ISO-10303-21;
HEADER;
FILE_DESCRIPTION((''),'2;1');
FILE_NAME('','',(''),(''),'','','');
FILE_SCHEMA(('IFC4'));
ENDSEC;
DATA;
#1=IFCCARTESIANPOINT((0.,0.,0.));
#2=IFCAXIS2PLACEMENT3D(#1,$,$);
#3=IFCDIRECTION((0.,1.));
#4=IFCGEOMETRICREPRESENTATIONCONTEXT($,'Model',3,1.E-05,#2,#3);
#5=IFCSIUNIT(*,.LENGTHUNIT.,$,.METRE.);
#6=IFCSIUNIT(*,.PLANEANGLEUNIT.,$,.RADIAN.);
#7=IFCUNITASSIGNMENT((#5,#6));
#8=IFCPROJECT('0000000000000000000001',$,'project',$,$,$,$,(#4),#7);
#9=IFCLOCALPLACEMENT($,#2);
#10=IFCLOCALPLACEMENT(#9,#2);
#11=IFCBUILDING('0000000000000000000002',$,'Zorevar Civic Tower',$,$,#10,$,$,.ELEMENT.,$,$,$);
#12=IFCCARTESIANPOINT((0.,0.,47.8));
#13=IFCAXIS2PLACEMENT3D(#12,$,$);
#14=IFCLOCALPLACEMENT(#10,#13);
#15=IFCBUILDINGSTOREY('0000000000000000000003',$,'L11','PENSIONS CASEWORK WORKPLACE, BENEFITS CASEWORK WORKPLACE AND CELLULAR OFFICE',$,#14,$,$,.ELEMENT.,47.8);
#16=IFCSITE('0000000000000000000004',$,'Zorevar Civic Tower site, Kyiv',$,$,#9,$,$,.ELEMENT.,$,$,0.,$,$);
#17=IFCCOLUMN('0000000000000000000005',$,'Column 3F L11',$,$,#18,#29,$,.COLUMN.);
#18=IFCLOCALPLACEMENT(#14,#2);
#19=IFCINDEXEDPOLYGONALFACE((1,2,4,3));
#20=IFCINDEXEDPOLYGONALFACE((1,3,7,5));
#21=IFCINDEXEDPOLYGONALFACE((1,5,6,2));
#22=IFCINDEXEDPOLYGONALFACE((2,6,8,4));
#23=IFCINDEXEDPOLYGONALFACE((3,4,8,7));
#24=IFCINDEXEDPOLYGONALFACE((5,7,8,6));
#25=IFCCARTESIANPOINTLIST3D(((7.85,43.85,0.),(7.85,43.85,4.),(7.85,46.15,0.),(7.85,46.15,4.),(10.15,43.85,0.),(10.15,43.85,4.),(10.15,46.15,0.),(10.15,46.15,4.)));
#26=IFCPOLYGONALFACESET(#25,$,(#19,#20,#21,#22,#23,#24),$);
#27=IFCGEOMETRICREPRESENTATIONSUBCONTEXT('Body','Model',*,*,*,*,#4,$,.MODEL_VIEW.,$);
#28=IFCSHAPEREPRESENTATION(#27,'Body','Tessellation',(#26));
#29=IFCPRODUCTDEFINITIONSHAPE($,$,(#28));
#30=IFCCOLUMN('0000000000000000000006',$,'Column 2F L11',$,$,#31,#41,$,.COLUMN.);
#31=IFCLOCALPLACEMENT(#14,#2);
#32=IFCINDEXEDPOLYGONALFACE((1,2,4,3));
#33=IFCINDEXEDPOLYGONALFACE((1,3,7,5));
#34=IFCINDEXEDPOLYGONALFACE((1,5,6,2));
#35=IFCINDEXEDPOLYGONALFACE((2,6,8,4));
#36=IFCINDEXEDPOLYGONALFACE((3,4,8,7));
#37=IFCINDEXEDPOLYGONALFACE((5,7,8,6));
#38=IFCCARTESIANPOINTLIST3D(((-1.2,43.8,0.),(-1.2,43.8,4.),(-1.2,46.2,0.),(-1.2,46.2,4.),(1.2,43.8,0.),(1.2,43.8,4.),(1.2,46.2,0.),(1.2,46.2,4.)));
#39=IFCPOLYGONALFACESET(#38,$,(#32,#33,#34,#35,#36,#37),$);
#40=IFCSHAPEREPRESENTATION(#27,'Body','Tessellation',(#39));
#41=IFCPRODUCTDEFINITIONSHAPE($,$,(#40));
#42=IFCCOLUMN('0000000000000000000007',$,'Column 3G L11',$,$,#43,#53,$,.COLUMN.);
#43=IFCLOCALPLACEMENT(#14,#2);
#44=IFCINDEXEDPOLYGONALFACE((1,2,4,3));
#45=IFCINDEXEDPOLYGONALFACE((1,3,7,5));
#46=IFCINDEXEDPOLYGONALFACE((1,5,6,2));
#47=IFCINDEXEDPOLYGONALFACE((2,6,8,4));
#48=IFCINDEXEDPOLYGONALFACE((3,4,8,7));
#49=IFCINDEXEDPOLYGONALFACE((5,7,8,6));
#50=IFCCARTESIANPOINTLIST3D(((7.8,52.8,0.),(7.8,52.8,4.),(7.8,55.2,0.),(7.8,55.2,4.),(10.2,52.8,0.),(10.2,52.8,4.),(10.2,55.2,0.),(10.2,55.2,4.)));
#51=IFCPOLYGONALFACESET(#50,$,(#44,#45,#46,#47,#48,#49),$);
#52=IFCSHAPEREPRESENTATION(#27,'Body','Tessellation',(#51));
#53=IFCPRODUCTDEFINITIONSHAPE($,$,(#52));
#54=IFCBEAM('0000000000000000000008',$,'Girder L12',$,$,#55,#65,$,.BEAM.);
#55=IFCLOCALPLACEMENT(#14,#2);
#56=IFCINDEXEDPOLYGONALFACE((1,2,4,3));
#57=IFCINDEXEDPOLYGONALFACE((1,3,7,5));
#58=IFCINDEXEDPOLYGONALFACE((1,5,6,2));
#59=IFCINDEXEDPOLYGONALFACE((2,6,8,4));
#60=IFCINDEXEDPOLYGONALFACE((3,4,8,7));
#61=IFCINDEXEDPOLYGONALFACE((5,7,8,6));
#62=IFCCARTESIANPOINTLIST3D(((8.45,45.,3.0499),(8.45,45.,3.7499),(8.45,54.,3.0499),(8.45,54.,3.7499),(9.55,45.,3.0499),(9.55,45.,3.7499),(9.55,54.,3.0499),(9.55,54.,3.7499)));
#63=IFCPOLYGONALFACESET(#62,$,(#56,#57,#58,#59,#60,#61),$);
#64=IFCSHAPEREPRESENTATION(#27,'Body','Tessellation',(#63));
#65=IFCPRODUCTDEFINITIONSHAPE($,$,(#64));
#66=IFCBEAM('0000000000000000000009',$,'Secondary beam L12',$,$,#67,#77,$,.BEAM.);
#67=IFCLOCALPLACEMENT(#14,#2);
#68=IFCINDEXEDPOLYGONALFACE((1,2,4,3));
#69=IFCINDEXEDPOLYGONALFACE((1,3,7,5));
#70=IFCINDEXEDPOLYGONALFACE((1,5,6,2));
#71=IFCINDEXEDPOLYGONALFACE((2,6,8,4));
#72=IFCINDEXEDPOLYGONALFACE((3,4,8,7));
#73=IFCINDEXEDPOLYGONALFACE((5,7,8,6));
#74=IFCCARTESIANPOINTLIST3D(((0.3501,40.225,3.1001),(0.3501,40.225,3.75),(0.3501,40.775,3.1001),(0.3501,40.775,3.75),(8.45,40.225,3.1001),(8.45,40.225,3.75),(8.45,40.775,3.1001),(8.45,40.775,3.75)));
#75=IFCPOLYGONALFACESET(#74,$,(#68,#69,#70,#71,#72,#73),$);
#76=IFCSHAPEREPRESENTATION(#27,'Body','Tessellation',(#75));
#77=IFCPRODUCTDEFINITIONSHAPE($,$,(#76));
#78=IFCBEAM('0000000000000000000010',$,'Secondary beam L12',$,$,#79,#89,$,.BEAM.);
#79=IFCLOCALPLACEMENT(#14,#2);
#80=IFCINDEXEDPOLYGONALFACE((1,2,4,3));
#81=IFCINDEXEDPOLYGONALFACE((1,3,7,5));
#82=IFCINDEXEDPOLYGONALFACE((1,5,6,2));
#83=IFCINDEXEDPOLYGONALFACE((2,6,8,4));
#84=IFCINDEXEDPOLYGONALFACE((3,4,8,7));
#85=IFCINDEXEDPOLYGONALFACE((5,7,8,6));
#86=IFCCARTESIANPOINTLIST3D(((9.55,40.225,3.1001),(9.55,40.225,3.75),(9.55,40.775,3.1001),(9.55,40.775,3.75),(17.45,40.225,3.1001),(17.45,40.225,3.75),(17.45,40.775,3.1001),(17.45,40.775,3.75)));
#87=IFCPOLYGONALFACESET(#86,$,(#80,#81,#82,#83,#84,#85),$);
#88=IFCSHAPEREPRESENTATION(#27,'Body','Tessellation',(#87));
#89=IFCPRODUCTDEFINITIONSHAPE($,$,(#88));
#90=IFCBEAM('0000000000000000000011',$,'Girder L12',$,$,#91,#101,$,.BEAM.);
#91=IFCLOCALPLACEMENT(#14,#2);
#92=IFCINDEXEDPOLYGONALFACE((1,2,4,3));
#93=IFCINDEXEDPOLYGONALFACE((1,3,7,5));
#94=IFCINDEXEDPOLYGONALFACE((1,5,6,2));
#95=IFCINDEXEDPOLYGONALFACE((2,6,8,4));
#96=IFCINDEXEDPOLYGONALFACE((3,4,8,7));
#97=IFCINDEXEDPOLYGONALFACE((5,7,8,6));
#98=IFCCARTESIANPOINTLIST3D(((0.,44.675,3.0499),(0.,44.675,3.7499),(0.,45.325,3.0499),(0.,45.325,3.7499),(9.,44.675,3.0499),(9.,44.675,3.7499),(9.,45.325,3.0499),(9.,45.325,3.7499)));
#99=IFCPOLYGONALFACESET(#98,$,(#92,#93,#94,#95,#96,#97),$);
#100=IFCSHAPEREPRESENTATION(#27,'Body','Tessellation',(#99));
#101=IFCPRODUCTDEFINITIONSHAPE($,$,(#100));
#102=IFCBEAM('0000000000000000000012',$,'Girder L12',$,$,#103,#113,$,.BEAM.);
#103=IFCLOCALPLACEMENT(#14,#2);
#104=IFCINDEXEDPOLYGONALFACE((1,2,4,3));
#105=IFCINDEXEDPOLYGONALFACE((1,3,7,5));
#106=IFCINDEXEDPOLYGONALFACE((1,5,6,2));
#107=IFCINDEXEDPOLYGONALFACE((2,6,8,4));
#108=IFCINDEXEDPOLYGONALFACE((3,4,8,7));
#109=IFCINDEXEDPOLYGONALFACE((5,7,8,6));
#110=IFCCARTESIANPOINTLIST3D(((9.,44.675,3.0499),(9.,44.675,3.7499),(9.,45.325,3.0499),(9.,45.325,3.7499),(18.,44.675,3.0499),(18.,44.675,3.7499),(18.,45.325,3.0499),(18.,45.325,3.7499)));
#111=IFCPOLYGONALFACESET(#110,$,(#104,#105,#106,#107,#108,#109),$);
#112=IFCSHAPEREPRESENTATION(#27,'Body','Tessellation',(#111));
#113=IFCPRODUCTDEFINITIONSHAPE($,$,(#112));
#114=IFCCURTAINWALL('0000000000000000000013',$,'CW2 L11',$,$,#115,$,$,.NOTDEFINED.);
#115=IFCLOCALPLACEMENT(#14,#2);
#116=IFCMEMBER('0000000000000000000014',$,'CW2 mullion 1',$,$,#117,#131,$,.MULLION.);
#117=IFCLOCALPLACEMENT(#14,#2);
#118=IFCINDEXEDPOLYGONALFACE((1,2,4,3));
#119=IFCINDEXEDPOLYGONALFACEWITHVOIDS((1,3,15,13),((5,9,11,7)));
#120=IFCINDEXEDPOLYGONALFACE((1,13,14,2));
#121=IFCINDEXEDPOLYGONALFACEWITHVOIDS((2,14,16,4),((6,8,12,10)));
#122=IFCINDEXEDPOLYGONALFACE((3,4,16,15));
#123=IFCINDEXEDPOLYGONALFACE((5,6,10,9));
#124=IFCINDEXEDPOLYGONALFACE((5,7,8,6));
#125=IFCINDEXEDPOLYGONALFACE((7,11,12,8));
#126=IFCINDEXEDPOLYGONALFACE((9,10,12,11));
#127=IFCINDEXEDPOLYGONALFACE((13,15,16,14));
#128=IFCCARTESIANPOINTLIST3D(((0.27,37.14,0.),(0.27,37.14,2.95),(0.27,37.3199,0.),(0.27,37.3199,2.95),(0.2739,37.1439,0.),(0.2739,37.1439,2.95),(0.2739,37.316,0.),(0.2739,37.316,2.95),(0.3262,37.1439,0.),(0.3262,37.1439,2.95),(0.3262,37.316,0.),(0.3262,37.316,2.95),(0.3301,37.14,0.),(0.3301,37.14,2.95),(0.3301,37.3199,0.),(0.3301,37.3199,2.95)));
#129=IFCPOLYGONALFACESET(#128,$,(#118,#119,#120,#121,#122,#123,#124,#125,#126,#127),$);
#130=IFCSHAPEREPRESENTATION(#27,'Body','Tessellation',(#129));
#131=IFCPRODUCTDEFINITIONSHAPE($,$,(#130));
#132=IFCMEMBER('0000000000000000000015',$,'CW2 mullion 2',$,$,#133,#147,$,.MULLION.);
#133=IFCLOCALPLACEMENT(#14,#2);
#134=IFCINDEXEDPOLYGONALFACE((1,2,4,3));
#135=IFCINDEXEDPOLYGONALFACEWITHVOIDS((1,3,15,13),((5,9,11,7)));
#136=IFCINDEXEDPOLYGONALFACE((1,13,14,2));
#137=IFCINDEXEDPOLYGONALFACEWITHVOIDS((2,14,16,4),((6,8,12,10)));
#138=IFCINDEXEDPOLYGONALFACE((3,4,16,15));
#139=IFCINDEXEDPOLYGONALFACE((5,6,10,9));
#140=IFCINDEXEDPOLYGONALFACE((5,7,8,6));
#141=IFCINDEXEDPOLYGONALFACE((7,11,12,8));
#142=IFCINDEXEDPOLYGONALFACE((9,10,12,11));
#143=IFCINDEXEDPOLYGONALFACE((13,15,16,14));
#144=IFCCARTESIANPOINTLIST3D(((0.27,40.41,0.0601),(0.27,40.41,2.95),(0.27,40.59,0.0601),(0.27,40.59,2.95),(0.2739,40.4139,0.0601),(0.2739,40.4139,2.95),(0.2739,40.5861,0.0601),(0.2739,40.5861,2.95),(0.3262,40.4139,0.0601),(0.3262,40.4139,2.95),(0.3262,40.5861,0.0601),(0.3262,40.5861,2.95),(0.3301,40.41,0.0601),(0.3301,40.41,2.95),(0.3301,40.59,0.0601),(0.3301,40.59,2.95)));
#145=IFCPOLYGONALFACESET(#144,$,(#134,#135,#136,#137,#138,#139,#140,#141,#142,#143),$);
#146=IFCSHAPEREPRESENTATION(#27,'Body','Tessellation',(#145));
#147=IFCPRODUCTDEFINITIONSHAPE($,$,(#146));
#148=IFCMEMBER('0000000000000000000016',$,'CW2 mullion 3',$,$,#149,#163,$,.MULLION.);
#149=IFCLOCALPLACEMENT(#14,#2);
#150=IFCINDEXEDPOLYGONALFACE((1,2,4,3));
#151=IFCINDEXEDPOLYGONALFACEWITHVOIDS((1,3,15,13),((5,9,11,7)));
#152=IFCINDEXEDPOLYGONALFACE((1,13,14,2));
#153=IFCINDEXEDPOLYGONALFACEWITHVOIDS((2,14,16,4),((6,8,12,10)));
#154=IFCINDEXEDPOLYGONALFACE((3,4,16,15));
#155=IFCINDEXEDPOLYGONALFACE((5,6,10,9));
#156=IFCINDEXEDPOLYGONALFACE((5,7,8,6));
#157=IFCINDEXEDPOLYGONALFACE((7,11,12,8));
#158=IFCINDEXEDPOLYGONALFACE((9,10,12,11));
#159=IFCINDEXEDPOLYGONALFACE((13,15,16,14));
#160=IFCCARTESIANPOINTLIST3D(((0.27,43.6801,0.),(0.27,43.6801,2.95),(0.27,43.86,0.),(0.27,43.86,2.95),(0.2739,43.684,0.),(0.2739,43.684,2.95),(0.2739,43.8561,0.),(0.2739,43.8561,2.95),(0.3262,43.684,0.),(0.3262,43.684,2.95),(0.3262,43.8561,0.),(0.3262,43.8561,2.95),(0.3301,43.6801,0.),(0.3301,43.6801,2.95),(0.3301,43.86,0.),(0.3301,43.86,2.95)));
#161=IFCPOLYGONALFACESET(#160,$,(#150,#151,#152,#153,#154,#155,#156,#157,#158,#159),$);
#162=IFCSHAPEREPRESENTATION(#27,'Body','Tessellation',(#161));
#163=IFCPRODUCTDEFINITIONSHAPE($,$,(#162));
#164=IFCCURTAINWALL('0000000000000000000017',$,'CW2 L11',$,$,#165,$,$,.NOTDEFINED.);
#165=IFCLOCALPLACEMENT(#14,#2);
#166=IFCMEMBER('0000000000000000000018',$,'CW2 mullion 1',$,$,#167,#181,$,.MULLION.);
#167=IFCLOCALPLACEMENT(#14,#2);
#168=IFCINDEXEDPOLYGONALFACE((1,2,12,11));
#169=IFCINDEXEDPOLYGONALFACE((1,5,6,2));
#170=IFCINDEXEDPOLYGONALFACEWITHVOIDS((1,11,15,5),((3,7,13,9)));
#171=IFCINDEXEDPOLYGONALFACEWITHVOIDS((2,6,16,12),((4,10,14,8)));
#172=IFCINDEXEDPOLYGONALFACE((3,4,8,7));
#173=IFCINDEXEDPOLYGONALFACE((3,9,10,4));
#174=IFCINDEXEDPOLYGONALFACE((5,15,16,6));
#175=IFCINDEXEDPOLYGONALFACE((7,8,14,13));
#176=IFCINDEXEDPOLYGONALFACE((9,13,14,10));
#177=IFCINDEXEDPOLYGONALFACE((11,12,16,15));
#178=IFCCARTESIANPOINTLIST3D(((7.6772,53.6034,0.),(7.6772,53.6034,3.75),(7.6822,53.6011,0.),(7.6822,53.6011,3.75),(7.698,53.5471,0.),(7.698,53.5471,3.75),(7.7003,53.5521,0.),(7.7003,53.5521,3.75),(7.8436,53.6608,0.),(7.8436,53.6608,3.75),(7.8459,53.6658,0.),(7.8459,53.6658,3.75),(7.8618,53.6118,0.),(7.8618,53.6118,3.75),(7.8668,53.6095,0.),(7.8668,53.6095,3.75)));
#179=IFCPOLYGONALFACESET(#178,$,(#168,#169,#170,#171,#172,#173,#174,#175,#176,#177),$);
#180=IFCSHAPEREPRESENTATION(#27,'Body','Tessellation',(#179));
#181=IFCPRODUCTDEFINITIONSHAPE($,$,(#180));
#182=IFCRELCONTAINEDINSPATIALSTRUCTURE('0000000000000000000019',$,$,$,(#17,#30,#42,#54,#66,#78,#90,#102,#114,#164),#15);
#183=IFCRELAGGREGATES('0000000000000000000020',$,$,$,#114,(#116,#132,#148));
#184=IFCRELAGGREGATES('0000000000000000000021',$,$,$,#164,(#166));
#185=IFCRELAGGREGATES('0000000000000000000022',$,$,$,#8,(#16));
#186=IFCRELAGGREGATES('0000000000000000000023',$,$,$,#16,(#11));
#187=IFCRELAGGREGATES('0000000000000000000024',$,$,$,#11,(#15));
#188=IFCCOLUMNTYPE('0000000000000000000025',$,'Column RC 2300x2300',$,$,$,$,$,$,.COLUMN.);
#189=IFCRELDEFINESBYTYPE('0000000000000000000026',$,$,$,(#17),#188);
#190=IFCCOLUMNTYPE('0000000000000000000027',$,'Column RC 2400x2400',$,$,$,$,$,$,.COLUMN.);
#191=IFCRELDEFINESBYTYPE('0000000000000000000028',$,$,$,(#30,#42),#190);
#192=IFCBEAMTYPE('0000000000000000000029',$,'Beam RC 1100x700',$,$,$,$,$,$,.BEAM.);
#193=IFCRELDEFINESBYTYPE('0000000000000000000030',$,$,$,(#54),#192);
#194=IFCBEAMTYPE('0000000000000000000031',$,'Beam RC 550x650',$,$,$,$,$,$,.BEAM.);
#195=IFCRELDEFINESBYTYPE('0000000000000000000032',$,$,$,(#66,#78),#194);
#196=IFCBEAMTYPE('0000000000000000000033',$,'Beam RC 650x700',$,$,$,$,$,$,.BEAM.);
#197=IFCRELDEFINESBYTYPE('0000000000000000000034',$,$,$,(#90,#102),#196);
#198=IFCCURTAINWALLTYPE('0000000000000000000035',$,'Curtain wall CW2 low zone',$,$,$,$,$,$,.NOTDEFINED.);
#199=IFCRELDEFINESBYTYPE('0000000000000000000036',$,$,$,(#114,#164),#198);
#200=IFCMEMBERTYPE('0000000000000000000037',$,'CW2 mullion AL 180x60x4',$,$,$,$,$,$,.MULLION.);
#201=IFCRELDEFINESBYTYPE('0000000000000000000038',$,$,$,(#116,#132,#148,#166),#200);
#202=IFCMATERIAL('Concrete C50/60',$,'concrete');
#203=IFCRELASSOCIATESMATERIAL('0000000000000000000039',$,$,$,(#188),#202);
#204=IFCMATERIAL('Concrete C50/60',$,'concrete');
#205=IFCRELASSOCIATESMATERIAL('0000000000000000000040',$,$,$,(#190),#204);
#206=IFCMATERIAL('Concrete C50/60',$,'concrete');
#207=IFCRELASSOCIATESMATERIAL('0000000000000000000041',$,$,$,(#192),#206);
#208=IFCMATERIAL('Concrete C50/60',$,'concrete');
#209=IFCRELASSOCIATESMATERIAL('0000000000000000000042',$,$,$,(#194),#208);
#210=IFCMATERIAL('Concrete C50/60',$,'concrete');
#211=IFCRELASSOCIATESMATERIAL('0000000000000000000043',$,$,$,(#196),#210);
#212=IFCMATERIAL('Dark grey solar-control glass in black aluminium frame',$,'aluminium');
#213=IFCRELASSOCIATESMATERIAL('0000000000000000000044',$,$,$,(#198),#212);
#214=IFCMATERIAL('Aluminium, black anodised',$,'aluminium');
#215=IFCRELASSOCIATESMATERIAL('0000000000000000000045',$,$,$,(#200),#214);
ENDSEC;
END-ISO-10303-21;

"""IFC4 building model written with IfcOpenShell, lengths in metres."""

from ifc_helpers import new_model, si_unit, direction, frame, origin, origin_2d, place, context, subcontext, project, spatial, rectangle, hollow_rectangle, extrude, material, material_profile, profile_set, type_object, element, aggregate, save


model = new_model("IFC4")

# Units and contexts
model_context = context("Model", 3, precision=1e-05, world=origin(), true_north=direction((0.0, 1.0)))
body_context = subcontext(model_context, "Body", "Model", "MODEL_VIEW")
ifc_project = project(units=[si_unit("LENGTHUNIT", "METRE"), si_unit("PLANEANGLEUNIT", "RADIAN")], contexts=[model_context])

# Site, building, storey
site_placement = place(None, origin())
site = spatial("IfcSite", under=ifc_project, at=site_placement, Name="Zorevar Civic Tower site, Kyiv", CompositionType="ELEMENT", RefElevation=0.0)
building_placement = place(site_placement, origin())
building = spatial("IfcBuilding", under=site, at=building_placement, Name="Zorevar Civic Tower", CompositionType="ELEMENT")
storey_placement = place(building_placement, frame((0.0, 0.0, 47.8)))
storey = spatial("IfcBuildingStorey", under=building, at=storey_placement, Name="L11", Description="PENSIONS CASEWORK WORKPLACE, BENEFITS CASEWORK WORKPLACE AND CELLULAR OFFICE", CompositionType="ELEMENT", Elevation=47.8)

# Columns
ifc_material_1 = material(Name="Concrete C50/60", Category="concrete")
ifc_material_profile_1 = material_profile(ifc_material_1, rectangle(XDim=2.3, YDim=2.3, at=origin_2d()), Name="RC 2300x2300")
ifc_profile_set_1 = profile_set([ifc_material_profile_1], Name="Concrete C50/60")
column_type_1 = type_object("IfcColumnType", Name="Column RC 2300x2300", PredefinedType="COLUMN", material=ifc_profile_set_1)
column_placement = place(storey_placement, frame((9.0, 45.0, 0.0), z_axis=(0.0, 0.0, 1.0), x_axis=(1.0, 0.0, 0.0)))
element("IfcColumn", 1, at=column_placement, inside=storey, type_object=column_type_1, Name="Column 3F L11", PredefinedType="COLUMN", context=body_context, shape_type="SweptSolid", body=[
    extrude(rectangle(XDim=2.3, YDim=2.3, at=origin_2d()), origin(), (0.0, 0.0, 1.0), 4.0),
])
ifc_material_2 = material(Name="Concrete C50/60", Category="concrete")
ifc_material_profile_2 = material_profile(ifc_material_2, rectangle(XDim=2.3999, YDim=2.3999, at=origin_2d()), Name="RC 2400x2400")
ifc_profile_set_2 = profile_set([ifc_material_profile_2], Name="Concrete C50/60")
column_type_2 = type_object("IfcColumnType", Name="Column RC 2400x2400", PredefinedType="COLUMN", material=ifc_profile_set_2)
for number, where, z_axis, x_axis, name in (
    (2, (0.0, 45.0, 0.0), (0.0, 0.0, 1.0), (1.0, 0.0, 0.0), "Column 2F L11"),
    (3, (9.0, 54.0, 0.0), (0.0, 0.0, 1.0), (1.0, 0.0, 0.0), "Column 3G L11"),
):
    element("IfcColumn", number, at=place(storey_placement, frame(where, z_axis=z_axis, x_axis=x_axis)), inside=storey, type_object=column_type_2, Name=name, PredefinedType="COLUMN", context=body_context, shape_type="SweptSolid", body=[
        extrude(rectangle(XDim=2.3999, YDim=2.3999, at=origin_2d()), origin(), (0.0, 0.0, 1.0), 4.0),
    ])

# Beams
ifc_material_3 = material(Name="Concrete C50/60", Category="concrete")
ifc_material_profile_3 = material_profile(ifc_material_3, rectangle(XDim=1.1001, YDim=0.7, at=origin_2d()), Name="RC 1100x700")
ifc_profile_set_3 = profile_set([ifc_material_profile_3], Name="Concrete C50/60")
beam_type_1 = type_object("IfcBeamType", Name="Beam RC 1100x700", PredefinedType="BEAM", material=ifc_profile_set_3)
beam_1_placement = place(storey_placement, frame((9.0, 45.0, 3.3999), z_axis=(0.0, 1.0, 0.0), x_axis=(-1.0, 0.0, 0.0)))
element("IfcBeam", 4, at=beam_1_placement, inside=storey, type_object=beam_type_1, Name="Girder L12", PredefinedType="BEAM", context=body_context, shape_type="SweptSolid", body=[
    extrude(rectangle(XDim=1.1001, YDim=0.7, at=origin_2d()), origin(), (0.0, 0.0, 1.0), 9.0),
])
ifc_material_4 = material(Name="Concrete C50/60", Category="concrete")
ifc_material_profile_4 = material_profile(ifc_material_4, rectangle(XDim=0.55, YDim=0.6499, at=origin_2d()), Name="RC 550x650")
ifc_profile_set_4 = profile_set([ifc_material_profile_4], Name="Concrete C50/60")
beam_type_2 = type_object("IfcBeamType", Name="Beam RC 550x650", PredefinedType="BEAM", material=ifc_profile_set_4)
beam_2_placement = place(storey_placement, frame((0.3501, 40.5, 3.425), z_axis=(1.0, 0.0, 0.0), x_axis=(0.0, 1.0, 0.0)))
element("IfcBeam", 5, at=beam_2_placement, inside=storey, type_object=beam_type_2, Name="Secondary beam L12", PredefinedType="BEAM", context=body_context, shape_type="SweptSolid", body=[
    extrude(rectangle(XDim=0.55, YDim=0.6499, at=origin_2d()), origin(), (0.0, 0.0, 1.0), 8.0999),
])
beam_3_placement = place(storey_placement, frame((9.55, 40.5, 3.425), z_axis=(1.0, 0.0, 0.0), x_axis=(0.0, 1.0, 0.0)))
element("IfcBeam", 6, at=beam_3_placement, inside=storey, type_object=beam_type_2, Name="Secondary beam L12", PredefinedType="BEAM", context=body_context, shape_type="SweptSolid", body=[
    extrude(rectangle(XDim=0.55, YDim=0.6499, at=origin_2d()), origin(), (0.0, 0.0, 1.0), 7.8999),
])
ifc_material_5 = material(Name="Concrete C50/60", Category="concrete")
ifc_material_profile_5 = material_profile(ifc_material_5, rectangle(XDim=0.6499, YDim=0.7, at=origin_2d()), Name="RC 650x700")
ifc_profile_set_5 = profile_set([ifc_material_profile_5], Name="Concrete C50/60")
beam_type_3 = type_object("IfcBeamType", Name="Beam RC 650x700", PredefinedType="BEAM", material=ifc_profile_set_5)
for number, where, z_axis, x_axis, name in (
    (7, (0.0, 45.0, 3.3999), (1.0, 0.0, 0.0), (0.0, 1.0, 0.0), "Girder L12"),
    (8, (9.0, 45.0, 3.3999), (1.0, 0.0, 0.0), (0.0, 1.0, 0.0), "Girder L12"),
):
    element("IfcBeam", number, at=place(storey_placement, frame(where, z_axis=z_axis, x_axis=x_axis)), inside=storey, type_object=beam_type_3, Name=name, PredefinedType="BEAM", context=body_context, shape_type="SweptSolid", body=[
        extrude(rectangle(XDim=0.6499, YDim=0.7, at=origin_2d()), origin(), (0.0, 0.0, 1.0), 9.0),
    ])

# Curtain walls, members
ifc_material_6 = material(Name="Dark grey solar-control glass in black aluminium frame", Category="aluminium")
curtain_wall_type = type_object("IfcCurtainWallType", Name="Curtain wall CW2 low zone", PredefinedType="NOTDEFINED", material=ifc_material_6)
curtain_wall_1_placement = place(storey_placement, origin())
curtain_wall_1 = element("IfcCurtainWall", 9, at=curtain_wall_1_placement, inside=storey, type_object=curtain_wall_type, Name="CW2 L11", PredefinedType="NOTDEFINED")
ifc_material_7 = material(Name="Aluminium, black anodised", Category="aluminium")
ifc_material_profile_6 = material_profile(ifc_material_7, hollow_rectangle(XDim=0.0601, YDim=0.1799, WallThickness=0.0039, at=origin_2d()), Name="AL 180x60x4")
ifc_profile_set_6 = profile_set([ifc_material_profile_6], Name="Aluminium, black anodised")
member_type_1 = type_object("IfcMemberType", Name="CW2 mullion AL 180x60x4", PredefinedType="MULLION", material=ifc_profile_set_6)
member_1_placement = place(storey_placement, frame((0.3, 37.23, 0.0), z_axis=(0.0, 0.0, 1.0), x_axis=(-1.0, 0.0, 0.0)))
member_1 = element("IfcMember", 10, at=member_1_placement, type_object=member_type_1, Name="CW2 mullion 1", PredefinedType="MULLION", context=body_context, shape_type="SweptSolid", body=[
    extrude(hollow_rectangle(XDim=0.0601, YDim=0.1799, WallThickness=0.0039, at=origin_2d()), origin(), (0.0, 0.0, 1.0), 2.95),
])
member_2_placement = place(storey_placement, frame((0.3, 40.5, 0.0601), z_axis=(0.0, 0.0, 1.0), x_axis=(-1.0, 0.0, 0.0)))
member_2 = element("IfcMember", 11, at=member_2_placement, type_object=member_type_1, Name="CW2 mullion 2", PredefinedType="MULLION", context=body_context, shape_type="SweptSolid", body=[
    extrude(hollow_rectangle(XDim=0.0601, YDim=0.1799, WallThickness=0.0039, at=origin_2d()), origin(), (0.0, 0.0, 1.0), 2.8899),
])
member_3_placement = place(storey_placement, frame((0.3, 43.77, 0.0), z_axis=(0.0, 0.0, 1.0), x_axis=(-1.0, 0.0, 0.0)))
member_3 = element("IfcMember", 12, at=member_3_placement, type_object=member_type_1, Name="CW2 mullion 3", PredefinedType="MULLION", context=body_context, shape_type="SweptSolid", body=[
    extrude(hollow_rectangle(XDim=0.0601, YDim=0.1799, WallThickness=0.0039, at=origin_2d()), origin(), (0.0, 0.0, 1.0), 2.95),
])
curtain_wall_2_placement = place(storey_placement, origin())
curtain_wall_2 = element("IfcCurtainWall", 13, at=curtain_wall_2_placement, inside=storey, type_object=curtain_wall_type, Name="CW2 L11", PredefinedType="NOTDEFINED")
member_4_placement = place(storey_placement, frame((7.772, 53.6064, 0.0), z_axis=(0.0, 0.0, 1.0), x_axis=(0.346704, -0.937975, 0.0)))
member_4 = element("IfcMember", 14, at=member_4_placement, type_object=member_type_1, Name="CW2 mullion 1", PredefinedType="MULLION", context=body_context, shape_type="SweptSolid", body=[
    extrude(hollow_rectangle(XDim=0.0601, YDim=0.1799, WallThickness=0.0039, at=origin_2d()), origin(), (0.0, 0.0, 1.0), 3.75),
])

aggregate(curtain_wall_1, [member_1, member_2, member_3])
aggregate(curtain_wall_2, [member_4])

save(model, "model.ifc")
